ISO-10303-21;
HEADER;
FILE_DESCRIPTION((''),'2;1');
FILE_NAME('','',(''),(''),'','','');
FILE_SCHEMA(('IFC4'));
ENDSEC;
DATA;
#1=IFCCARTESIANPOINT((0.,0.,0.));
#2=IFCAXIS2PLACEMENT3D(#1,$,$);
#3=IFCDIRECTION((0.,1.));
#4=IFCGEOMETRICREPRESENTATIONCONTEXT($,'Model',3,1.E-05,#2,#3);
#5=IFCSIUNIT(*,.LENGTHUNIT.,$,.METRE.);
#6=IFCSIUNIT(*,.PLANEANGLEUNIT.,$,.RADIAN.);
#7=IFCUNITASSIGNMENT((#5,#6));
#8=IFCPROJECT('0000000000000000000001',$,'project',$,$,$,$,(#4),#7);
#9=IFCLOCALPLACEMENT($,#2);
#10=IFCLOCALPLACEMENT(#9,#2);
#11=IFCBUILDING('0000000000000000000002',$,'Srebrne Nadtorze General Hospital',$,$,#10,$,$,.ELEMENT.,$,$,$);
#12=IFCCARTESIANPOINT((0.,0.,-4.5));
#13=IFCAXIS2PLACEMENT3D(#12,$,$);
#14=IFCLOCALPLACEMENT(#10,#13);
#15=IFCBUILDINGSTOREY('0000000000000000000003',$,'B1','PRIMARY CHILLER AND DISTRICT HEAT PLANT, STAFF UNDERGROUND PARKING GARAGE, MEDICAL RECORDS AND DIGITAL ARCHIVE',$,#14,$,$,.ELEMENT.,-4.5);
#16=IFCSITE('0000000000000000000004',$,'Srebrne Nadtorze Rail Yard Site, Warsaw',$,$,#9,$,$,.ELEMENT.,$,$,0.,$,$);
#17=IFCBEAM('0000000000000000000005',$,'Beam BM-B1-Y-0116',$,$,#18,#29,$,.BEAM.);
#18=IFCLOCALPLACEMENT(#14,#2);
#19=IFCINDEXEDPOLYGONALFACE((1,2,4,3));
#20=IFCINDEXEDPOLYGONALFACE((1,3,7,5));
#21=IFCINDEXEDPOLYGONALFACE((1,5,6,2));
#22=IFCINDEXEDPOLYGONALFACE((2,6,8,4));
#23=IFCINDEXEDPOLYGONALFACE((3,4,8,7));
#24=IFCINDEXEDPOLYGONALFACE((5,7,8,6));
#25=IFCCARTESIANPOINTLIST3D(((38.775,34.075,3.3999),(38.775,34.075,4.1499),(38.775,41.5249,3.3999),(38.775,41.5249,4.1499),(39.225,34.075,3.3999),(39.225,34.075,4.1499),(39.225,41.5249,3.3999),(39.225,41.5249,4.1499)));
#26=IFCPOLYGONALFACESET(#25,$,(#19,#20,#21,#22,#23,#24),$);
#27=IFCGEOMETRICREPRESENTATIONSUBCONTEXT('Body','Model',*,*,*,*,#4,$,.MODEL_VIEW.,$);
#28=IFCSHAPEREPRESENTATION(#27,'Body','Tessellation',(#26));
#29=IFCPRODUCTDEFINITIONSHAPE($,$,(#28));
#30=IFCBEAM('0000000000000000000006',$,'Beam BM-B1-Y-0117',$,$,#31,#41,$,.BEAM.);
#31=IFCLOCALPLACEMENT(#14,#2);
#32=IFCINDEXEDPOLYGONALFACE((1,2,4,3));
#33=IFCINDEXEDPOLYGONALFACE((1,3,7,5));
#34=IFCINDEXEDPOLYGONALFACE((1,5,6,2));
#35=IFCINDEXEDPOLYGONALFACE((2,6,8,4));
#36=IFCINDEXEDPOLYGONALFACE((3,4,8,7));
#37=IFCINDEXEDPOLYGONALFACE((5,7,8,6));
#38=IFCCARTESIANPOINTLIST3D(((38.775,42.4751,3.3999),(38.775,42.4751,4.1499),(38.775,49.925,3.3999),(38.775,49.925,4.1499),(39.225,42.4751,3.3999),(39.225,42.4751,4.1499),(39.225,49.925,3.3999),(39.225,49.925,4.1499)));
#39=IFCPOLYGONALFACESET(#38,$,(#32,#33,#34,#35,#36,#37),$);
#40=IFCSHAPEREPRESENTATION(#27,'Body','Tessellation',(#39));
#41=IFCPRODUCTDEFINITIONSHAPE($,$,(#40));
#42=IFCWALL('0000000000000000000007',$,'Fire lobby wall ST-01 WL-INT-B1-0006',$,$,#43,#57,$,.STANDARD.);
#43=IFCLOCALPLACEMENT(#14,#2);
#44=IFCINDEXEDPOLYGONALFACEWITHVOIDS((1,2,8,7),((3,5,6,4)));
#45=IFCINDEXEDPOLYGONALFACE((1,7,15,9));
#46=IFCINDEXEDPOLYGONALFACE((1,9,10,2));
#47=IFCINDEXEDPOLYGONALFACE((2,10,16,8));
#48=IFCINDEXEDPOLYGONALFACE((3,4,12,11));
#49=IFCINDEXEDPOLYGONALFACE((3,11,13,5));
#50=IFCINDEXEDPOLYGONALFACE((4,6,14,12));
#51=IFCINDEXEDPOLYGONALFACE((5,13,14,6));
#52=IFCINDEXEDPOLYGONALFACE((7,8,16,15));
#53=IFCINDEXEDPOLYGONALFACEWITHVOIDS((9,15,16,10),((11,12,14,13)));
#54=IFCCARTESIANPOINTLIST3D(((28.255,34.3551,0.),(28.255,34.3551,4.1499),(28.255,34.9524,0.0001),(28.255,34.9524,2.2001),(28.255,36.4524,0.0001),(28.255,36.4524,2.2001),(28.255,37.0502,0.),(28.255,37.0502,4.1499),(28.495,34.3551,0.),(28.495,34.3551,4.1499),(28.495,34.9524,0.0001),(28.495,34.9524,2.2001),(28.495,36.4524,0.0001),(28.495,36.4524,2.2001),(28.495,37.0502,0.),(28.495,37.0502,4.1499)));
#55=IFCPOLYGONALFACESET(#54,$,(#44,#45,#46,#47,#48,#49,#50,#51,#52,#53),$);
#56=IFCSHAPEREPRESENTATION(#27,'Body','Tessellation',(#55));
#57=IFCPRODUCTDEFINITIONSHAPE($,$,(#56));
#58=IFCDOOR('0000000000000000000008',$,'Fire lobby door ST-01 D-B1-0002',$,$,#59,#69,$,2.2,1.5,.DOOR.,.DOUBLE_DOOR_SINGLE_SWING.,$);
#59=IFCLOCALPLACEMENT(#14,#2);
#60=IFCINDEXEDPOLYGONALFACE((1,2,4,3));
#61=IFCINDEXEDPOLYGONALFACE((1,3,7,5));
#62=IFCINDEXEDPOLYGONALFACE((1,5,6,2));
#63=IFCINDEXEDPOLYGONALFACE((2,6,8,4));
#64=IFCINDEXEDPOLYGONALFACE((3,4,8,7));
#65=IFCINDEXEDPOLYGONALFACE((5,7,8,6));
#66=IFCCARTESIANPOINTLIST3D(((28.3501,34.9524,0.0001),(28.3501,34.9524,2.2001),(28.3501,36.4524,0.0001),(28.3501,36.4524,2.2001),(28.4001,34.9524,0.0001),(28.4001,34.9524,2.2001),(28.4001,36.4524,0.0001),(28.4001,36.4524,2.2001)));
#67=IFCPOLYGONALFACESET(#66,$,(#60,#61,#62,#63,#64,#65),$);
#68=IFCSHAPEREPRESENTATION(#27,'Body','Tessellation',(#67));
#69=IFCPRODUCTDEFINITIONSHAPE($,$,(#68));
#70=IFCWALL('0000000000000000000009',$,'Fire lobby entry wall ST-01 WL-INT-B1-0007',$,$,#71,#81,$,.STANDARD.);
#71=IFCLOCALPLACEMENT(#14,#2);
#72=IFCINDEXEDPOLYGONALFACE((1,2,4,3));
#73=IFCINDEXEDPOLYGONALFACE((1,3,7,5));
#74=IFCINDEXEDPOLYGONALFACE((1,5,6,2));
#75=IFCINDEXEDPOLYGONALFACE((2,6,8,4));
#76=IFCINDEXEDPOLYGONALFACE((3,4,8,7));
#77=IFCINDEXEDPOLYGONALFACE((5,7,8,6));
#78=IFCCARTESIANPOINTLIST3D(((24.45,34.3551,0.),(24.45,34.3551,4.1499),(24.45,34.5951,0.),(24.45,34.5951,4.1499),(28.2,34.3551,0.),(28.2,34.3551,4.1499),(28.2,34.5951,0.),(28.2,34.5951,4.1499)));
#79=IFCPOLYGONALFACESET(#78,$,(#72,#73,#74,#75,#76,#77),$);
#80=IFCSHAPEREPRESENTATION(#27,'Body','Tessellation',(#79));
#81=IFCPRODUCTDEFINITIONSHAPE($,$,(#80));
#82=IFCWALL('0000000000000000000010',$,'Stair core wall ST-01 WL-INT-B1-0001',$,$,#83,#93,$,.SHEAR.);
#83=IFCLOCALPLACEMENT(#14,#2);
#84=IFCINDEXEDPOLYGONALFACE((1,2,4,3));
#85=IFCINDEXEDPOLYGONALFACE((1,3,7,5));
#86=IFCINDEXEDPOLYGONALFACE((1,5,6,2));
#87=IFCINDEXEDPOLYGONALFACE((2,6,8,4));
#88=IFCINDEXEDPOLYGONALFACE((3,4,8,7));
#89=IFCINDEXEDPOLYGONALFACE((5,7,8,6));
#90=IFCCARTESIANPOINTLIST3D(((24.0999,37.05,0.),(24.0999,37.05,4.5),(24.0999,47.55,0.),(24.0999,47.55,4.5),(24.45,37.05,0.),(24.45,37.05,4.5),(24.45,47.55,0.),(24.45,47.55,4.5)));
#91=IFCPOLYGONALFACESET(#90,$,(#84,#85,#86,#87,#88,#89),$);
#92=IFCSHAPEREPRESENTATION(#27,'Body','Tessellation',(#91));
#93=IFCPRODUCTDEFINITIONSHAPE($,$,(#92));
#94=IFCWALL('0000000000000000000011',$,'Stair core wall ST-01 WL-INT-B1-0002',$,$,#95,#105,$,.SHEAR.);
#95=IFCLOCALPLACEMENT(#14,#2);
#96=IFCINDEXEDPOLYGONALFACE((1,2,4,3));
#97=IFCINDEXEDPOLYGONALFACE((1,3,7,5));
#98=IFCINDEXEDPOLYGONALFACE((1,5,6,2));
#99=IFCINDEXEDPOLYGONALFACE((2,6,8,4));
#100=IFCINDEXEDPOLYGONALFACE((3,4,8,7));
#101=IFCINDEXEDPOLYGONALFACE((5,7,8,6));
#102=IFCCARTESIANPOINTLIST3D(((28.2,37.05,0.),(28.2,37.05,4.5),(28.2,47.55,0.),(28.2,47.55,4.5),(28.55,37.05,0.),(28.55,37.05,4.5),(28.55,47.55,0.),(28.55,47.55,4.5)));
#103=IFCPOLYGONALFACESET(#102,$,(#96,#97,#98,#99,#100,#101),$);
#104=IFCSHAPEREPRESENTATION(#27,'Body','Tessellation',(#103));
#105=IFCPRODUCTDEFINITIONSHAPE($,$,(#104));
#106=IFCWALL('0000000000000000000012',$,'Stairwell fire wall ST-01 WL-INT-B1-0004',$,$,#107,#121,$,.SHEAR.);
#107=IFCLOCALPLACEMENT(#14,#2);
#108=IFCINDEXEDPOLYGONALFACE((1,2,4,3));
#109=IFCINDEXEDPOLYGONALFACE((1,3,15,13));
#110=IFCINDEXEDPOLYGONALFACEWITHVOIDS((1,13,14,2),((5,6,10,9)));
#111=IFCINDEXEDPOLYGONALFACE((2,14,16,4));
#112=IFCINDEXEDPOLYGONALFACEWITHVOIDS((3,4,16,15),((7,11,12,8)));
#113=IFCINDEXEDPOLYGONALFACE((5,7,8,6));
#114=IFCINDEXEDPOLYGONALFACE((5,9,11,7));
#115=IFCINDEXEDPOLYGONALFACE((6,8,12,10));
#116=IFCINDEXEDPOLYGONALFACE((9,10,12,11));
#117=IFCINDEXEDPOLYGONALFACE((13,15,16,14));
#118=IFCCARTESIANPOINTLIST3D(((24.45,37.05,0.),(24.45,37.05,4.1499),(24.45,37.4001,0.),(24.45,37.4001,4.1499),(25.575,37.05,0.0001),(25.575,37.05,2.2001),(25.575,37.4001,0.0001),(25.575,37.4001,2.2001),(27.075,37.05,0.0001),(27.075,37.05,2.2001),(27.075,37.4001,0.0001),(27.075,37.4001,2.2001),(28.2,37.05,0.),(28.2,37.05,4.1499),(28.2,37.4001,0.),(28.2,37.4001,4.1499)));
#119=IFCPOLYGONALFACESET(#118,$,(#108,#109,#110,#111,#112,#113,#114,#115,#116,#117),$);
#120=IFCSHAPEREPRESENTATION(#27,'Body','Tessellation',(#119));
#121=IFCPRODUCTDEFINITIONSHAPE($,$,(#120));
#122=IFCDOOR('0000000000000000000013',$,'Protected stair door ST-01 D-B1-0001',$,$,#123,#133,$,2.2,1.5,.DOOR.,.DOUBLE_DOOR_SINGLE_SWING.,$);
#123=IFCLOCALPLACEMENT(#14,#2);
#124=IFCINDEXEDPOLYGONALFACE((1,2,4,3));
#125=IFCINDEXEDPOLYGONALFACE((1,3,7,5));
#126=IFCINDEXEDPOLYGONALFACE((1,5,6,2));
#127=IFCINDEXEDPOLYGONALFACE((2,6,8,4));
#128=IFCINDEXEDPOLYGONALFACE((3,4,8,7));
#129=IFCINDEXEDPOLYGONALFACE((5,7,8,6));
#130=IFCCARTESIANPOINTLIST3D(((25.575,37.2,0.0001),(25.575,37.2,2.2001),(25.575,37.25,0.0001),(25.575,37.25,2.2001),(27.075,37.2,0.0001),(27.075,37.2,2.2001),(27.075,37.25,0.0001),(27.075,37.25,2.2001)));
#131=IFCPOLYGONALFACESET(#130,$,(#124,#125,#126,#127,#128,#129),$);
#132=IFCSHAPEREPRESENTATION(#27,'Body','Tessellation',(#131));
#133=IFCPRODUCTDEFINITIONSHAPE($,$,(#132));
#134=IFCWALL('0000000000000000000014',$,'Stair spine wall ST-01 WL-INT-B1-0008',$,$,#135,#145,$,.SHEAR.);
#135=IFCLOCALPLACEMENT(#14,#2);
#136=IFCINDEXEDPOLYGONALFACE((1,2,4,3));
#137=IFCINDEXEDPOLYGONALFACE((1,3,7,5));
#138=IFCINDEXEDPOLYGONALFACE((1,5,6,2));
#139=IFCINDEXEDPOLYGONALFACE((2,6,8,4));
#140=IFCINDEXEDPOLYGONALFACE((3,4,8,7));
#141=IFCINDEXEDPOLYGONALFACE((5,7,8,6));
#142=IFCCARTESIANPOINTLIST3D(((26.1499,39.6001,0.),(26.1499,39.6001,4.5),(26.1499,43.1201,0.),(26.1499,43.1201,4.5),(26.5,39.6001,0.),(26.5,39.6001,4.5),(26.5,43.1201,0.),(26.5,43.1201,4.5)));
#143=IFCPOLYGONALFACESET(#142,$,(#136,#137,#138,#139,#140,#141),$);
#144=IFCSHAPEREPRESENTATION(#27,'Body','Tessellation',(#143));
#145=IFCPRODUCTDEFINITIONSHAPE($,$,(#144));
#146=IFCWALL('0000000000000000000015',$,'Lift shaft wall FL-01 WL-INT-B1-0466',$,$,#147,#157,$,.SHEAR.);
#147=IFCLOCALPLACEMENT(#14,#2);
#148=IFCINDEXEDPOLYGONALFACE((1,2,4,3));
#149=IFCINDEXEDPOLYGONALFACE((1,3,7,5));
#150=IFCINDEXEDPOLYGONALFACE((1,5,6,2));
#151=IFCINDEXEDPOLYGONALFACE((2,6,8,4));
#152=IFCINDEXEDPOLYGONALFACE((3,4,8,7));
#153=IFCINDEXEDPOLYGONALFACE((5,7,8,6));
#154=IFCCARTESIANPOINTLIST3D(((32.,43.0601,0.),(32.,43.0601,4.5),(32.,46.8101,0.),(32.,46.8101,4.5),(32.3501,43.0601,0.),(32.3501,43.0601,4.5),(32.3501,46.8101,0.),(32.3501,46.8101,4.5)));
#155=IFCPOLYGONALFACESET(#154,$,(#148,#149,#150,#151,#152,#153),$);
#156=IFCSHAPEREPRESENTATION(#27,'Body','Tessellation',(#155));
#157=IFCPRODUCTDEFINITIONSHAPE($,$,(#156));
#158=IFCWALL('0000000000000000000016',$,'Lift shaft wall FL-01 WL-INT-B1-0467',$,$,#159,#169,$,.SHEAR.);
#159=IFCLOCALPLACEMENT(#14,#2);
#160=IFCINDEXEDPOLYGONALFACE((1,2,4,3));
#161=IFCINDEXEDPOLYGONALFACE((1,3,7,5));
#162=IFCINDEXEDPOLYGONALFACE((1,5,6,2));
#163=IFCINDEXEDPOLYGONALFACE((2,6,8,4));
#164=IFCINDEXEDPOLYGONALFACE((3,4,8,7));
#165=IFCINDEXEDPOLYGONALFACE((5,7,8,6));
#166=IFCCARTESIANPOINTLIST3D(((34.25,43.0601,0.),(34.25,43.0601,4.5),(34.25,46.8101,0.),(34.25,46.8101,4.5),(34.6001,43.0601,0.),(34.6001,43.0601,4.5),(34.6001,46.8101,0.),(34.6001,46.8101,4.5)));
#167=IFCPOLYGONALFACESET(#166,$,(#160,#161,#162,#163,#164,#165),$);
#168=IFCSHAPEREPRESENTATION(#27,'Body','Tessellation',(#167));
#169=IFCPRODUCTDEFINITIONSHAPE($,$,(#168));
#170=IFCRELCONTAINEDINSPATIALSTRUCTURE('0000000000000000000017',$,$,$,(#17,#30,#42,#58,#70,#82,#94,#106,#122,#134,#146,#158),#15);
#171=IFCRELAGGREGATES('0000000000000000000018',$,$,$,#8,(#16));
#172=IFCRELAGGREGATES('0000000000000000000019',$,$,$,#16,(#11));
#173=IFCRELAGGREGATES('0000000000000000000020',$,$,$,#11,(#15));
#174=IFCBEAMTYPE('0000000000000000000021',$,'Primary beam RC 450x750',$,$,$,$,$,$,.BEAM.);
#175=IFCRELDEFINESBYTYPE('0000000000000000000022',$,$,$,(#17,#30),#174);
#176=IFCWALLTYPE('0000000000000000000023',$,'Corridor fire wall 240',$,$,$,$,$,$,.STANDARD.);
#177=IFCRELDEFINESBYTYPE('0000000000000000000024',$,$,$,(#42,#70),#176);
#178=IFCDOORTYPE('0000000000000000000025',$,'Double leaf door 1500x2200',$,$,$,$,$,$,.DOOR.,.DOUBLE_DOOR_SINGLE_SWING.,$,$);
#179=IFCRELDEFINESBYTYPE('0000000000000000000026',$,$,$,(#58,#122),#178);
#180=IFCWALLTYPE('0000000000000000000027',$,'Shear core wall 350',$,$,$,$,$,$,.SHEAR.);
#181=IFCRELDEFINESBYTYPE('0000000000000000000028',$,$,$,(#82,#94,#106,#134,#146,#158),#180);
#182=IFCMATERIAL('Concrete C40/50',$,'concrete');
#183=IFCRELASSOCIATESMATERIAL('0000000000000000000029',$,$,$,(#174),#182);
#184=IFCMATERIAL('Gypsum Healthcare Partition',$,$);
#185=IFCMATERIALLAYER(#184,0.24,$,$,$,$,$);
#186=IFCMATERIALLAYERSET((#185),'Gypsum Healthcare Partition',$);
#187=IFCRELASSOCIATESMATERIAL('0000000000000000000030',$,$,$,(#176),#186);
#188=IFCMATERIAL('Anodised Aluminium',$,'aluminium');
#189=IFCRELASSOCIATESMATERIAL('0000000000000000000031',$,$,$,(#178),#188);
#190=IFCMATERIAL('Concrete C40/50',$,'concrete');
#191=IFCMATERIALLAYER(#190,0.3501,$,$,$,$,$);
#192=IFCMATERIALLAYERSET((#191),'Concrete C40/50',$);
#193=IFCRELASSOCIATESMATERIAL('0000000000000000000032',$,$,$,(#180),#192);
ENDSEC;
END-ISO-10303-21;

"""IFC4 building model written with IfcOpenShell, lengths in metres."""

from ifc_helpers import new_model, si_unit, direction, frame, frame_2d, origin, origin_2d, place, context, subcontext, project, spatial, rectangle, extrude, material, layer, layer_set, material_profile, profile_set, type_object, element, fill, save


model = new_model("IFC4")

# Units and contexts
model_context = context("Model", 3, precision=1e-05, world=origin(), true_north=direction((0.0, 1.0)))
body_context = subcontext(model_context, "Body", "Model", "MODEL_VIEW")
ifc_project = project(units=[si_unit("LENGTHUNIT", "METRE"), si_unit("PLANEANGLEUNIT", "RADIAN")], contexts=[model_context])

# Site, building, storey
site_placement = place(None, origin())
site = spatial("IfcSite", under=ifc_project, at=site_placement, Name="Srebrne Nadtorze Rail Yard Site, Warsaw", CompositionType="ELEMENT", RefElevation=0.0)
building_placement = place(site_placement, origin())
building = spatial("IfcBuilding", under=site, at=building_placement, Name="Srebrne Nadtorze General Hospital", CompositionType="ELEMENT")
storey_placement = place(building_placement, frame((0.0, 0.0, -4.5)))
storey = spatial("IfcBuildingStorey", under=building, at=storey_placement, Name="B1", Description="PRIMARY CHILLER AND DISTRICT HEAT PLANT, STAFF UNDERGROUND PARKING GARAGE, MEDICAL RECORDS AND DIGITAL ARCHIVE", CompositionType="ELEMENT", Elevation=-4.5)

# Beams
ifc_material_1 = material(Name="Concrete C40/50", Category="concrete")
ifc_material_profile_1 = material_profile(ifc_material_1, rectangle(XDim=0.45, YDim=0.75, at=origin_2d()), Name="RC-BM-450x750")
ifc_profile_set_1 = profile_set([ifc_material_profile_1], Name="Concrete C40/50")
beam_type = type_object("IfcBeamType", Name="Primary beam RC 450x750", PredefinedType="BEAM", material=ifc_profile_set_1)
for number, where, z_axis, x_axis, name in (
    (1, (39.0, 34.075, 3.7749), (0.0, 1.0, 0.0), (-1.0, 0.0, 0.0), "Beam BM-B1-Y-0116"),
    (2, (39.0, 42.4751, 3.7749), (0.0, 1.0, 0.0), (-1.0, 0.0, 0.0), "Beam BM-B1-Y-0117"),
):
    element("IfcBeam", number, at=place(storey_placement, frame(where, z_axis=z_axis, x_axis=x_axis)), inside=storey, type_object=beam_type, Name=name, PredefinedType="BEAM", context=body_context, shape_type="SweptSolid", body=[
        extrude(rectangle(XDim=0.45, YDim=0.75, at=origin_2d()), origin(), (0.0, 0.0, 1.0), 7.45),
    ])

# Wall, opening, door
ifc_material_2 = material(Name="Gypsum Healthcare Partition")
ifc_layer_1 = layer(ifc_material_2, 0.24)
ifc_layer_set_1 = layer_set([ifc_layer_1], Name="Gypsum Healthcare Partition")
wall_type_1 = type_object("IfcWallType", Name="Corridor fire wall 240", PredefinedType="STANDARD", material=ifc_layer_set_1)
wall_1_placement = place(storey_placement, frame((28.375, 34.355, 0.0), z_axis=(0.0, 0.0, 1.0), x_axis=(0.0, 1.0, 0.0)))
wall_1 = element("IfcWall", 3, at=wall_1_placement, inside=storey, type_object=wall_type_1, Name="Fire lobby wall ST-01 WL-INT-B1-0006", PredefinedType="STANDARD", context=body_context, shape_type="SweptSolid", body=[
    extrude(rectangle(XDim=2.6951, YDim=0.24, at=frame_2d((1.3477, 0.0))), origin(), (0.0, 0.0, 1.0), 4.1499),
])
opening_1_placement = place(wall_1_placement, frame((0.5974, 0.0, 0.0)))
opening_1 = element("IfcOpeningElement", 4, at=opening_1_placement, cuts=wall_1, PredefinedType="OPENING", context=body_context, shape_type="SweptSolid", body=[
    extrude(rectangle(XDim=1.5, YDim=2.2, at=frame_2d((0.75, 1.1001))), frame((0.0, 0.1318, 0.0), z_axis=(0.0, -1.0, 0.0), x_axis=(1.0, 0.0, 0.0)), (0.0, 0.0, 1.0), 0.2639),
])
ifc_material_3 = material(Name="Anodised Aluminium", Category="aluminium")
door_type = type_object("IfcDoorType", Name="Double leaf door 1500x2200", OperationType="DOUBLE_DOOR_SINGLE_SWING", PredefinedType="DOOR", material=ifc_material_3)
door_1_placement = place(opening_1_placement, origin())
door_1 = element("IfcDoor", 5, at=door_1_placement, inside=storey, type_object=door_type, Name="Fire lobby door ST-01 D-B1-0002", OperationType="DOUBLE_DOOR_SINGLE_SWING", OverallHeight=2.2, OverallWidth=1.5, PredefinedType="DOOR", context=body_context, shape_type="SweptSolid", body=[
    extrude(rectangle(XDim=1.5, YDim=2.2, at=frame_2d((0.75, 1.1001))), frame((0.0, 0.0249, 0.0), z_axis=(0.0, -1.0, 0.0), x_axis=(1.0, 0.0, 0.0)), (0.0, 0.0, 1.0), 0.05),
])
fill(opening_1, door_1)

# Walls
wall_2_placement = place(storey_placement, frame((24.45, 34.4751, 0.0), z_axis=(0.0, 0.0, 1.0), x_axis=(1.0, 0.0, 0.0)))
element("IfcWall", 6, at=wall_2_placement, inside=storey, type_object=wall_type_1, Name="Fire lobby entry wall ST-01 WL-INT-B1-0007", PredefinedType="STANDARD", context=body_context, shape_type="SweptSolid", body=[
    extrude(rectangle(XDim=3.75, YDim=0.24, at=frame_2d((1.875, 0.0))), origin(), (0.0, 0.0, 1.0), 4.1499),
])
ifc_material_4 = material(Name="Concrete C40/50", Category="concrete")
ifc_layer_2 = layer(ifc_material_4, 0.3501)
ifc_layer_set_2 = layer_set([ifc_layer_2], Name="Concrete C40/50")
wall_type_2 = type_object("IfcWallType", Name="Shear core wall 350", PredefinedType="SHEAR", material=ifc_layer_set_2)
for number, where, z_axis, x_axis, name in (
    (7, (24.2749, 37.05, 0.0), (0.0, 0.0, 1.0), (0.0, 1.0, 0.0), "Stair core wall ST-01 WL-INT-B1-0001"),
    (8, (28.375, 37.05, 0.0), (0.0, 0.0, 1.0), (0.0, 1.0, 0.0), "Stair core wall ST-01 WL-INT-B1-0002"),
):
    element("IfcWall", number, at=place(storey_placement, frame(where, z_axis=z_axis, x_axis=x_axis)), inside=storey, type_object=wall_type_2, Name=name, PredefinedType="SHEAR", context=body_context, shape_type="SweptSolid", body=[
        extrude(rectangle(XDim=10.5, YDim=0.3501, at=frame_2d((5.25, 0.0))), origin(), (0.0, 0.0, 1.0), 4.5),
    ])

# Wall, opening, door
wall_3_placement = place(storey_placement, frame((24.45, 37.2251, 0.0), z_axis=(0.0, 0.0, 1.0), x_axis=(1.0, 0.0, 0.0)))
wall_3 = element("IfcWall", 9, at=wall_3_placement, inside=storey, type_object=wall_type_2, Name="Stairwell fire wall ST-01 WL-INT-B1-0004", PredefinedType="SHEAR", context=body_context, shape_type="SweptSolid", body=[
    extrude(rectangle(XDim=3.75, YDim=0.3501, at=frame_2d((1.875, 0.0))), origin(), (0.0, 0.0, 1.0), 4.1499),
])
opening_2_placement = place(wall_3_placement, frame((1.125, 0.0, 0.0)))
opening_2 = element("IfcOpeningElement", 10, at=opening_2_placement, cuts=wall_3, PredefinedType="OPENING", context=body_context, shape_type="SweptSolid", body=[
    extrude(rectangle(XDim=1.5, YDim=2.2, at=frame_2d((0.75, 1.1001))), frame((0.0, 0.187, 0.0), z_axis=(0.0, -1.0, 0.0), x_axis=(1.0, 0.0, 0.0)), (0.0, 0.0, 1.0), 0.374),
])
door_2_placement = place(opening_2_placement, origin())
door_2 = element("IfcDoor", 11, at=door_2_placement, inside=storey, type_object=door_type, Name="Protected stair door ST-01 D-B1-0001", OperationType="DOUBLE_DOOR_SINGLE_SWING", OverallHeight=2.2, OverallWidth=1.5, PredefinedType="DOOR", context=body_context, shape_type="SweptSolid", body=[
    extrude(rectangle(XDim=1.5, YDim=2.2, at=frame_2d((0.75, 1.1001))), frame((0.0, 0.0249, 0.0), z_axis=(0.0, -1.0, 0.0), x_axis=(1.0, 0.0, 0.0)), (0.0, 0.0, 1.0), 0.05),
])
fill(opening_2, door_2)

# Walls
wall_4_placement = place(storey_placement, frame((26.325, 39.6001, 0.0), z_axis=(0.0, 0.0, 1.0), x_axis=(0.0, 1.0, 0.0)))
element("IfcWall", 12, at=wall_4_placement, inside=storey, type_object=wall_type_2, Name="Stair spine wall ST-01 WL-INT-B1-0008", PredefinedType="SHEAR", context=body_context, shape_type="SweptSolid", body=[
    extrude(rectangle(XDim=3.52, YDim=0.3501, at=frame_2d((1.76, 0.0))), origin(), (0.0, 0.0, 1.0), 4.5),
])
for number, where, z_axis, x_axis, name in (
    (13, (32.175, 43.0601, 0.0), (0.0, 0.0, 1.0), (0.0, 1.0, 0.0), "Lift shaft wall FL-01 WL-INT-B1-0466"),
    (14, (34.425, 43.0601, 0.0), (0.0, 0.0, 1.0), (0.0, 1.0, 0.0), "Lift shaft wall FL-01 WL-INT-B1-0467"),
):
    element("IfcWall", number, at=place(storey_placement, frame(where, z_axis=z_axis, x_axis=x_axis)), inside=storey, type_object=wall_type_2, Name=name, PredefinedType="SHEAR", context=body_context, shape_type="SweptSolid", body=[
        extrude(rectangle(XDim=3.75, YDim=0.3501, at=frame_2d((1.875, 0.0))), origin(), (0.0, 0.0, 1.0), 4.5),
    ])

save(model, "model.ifc")
